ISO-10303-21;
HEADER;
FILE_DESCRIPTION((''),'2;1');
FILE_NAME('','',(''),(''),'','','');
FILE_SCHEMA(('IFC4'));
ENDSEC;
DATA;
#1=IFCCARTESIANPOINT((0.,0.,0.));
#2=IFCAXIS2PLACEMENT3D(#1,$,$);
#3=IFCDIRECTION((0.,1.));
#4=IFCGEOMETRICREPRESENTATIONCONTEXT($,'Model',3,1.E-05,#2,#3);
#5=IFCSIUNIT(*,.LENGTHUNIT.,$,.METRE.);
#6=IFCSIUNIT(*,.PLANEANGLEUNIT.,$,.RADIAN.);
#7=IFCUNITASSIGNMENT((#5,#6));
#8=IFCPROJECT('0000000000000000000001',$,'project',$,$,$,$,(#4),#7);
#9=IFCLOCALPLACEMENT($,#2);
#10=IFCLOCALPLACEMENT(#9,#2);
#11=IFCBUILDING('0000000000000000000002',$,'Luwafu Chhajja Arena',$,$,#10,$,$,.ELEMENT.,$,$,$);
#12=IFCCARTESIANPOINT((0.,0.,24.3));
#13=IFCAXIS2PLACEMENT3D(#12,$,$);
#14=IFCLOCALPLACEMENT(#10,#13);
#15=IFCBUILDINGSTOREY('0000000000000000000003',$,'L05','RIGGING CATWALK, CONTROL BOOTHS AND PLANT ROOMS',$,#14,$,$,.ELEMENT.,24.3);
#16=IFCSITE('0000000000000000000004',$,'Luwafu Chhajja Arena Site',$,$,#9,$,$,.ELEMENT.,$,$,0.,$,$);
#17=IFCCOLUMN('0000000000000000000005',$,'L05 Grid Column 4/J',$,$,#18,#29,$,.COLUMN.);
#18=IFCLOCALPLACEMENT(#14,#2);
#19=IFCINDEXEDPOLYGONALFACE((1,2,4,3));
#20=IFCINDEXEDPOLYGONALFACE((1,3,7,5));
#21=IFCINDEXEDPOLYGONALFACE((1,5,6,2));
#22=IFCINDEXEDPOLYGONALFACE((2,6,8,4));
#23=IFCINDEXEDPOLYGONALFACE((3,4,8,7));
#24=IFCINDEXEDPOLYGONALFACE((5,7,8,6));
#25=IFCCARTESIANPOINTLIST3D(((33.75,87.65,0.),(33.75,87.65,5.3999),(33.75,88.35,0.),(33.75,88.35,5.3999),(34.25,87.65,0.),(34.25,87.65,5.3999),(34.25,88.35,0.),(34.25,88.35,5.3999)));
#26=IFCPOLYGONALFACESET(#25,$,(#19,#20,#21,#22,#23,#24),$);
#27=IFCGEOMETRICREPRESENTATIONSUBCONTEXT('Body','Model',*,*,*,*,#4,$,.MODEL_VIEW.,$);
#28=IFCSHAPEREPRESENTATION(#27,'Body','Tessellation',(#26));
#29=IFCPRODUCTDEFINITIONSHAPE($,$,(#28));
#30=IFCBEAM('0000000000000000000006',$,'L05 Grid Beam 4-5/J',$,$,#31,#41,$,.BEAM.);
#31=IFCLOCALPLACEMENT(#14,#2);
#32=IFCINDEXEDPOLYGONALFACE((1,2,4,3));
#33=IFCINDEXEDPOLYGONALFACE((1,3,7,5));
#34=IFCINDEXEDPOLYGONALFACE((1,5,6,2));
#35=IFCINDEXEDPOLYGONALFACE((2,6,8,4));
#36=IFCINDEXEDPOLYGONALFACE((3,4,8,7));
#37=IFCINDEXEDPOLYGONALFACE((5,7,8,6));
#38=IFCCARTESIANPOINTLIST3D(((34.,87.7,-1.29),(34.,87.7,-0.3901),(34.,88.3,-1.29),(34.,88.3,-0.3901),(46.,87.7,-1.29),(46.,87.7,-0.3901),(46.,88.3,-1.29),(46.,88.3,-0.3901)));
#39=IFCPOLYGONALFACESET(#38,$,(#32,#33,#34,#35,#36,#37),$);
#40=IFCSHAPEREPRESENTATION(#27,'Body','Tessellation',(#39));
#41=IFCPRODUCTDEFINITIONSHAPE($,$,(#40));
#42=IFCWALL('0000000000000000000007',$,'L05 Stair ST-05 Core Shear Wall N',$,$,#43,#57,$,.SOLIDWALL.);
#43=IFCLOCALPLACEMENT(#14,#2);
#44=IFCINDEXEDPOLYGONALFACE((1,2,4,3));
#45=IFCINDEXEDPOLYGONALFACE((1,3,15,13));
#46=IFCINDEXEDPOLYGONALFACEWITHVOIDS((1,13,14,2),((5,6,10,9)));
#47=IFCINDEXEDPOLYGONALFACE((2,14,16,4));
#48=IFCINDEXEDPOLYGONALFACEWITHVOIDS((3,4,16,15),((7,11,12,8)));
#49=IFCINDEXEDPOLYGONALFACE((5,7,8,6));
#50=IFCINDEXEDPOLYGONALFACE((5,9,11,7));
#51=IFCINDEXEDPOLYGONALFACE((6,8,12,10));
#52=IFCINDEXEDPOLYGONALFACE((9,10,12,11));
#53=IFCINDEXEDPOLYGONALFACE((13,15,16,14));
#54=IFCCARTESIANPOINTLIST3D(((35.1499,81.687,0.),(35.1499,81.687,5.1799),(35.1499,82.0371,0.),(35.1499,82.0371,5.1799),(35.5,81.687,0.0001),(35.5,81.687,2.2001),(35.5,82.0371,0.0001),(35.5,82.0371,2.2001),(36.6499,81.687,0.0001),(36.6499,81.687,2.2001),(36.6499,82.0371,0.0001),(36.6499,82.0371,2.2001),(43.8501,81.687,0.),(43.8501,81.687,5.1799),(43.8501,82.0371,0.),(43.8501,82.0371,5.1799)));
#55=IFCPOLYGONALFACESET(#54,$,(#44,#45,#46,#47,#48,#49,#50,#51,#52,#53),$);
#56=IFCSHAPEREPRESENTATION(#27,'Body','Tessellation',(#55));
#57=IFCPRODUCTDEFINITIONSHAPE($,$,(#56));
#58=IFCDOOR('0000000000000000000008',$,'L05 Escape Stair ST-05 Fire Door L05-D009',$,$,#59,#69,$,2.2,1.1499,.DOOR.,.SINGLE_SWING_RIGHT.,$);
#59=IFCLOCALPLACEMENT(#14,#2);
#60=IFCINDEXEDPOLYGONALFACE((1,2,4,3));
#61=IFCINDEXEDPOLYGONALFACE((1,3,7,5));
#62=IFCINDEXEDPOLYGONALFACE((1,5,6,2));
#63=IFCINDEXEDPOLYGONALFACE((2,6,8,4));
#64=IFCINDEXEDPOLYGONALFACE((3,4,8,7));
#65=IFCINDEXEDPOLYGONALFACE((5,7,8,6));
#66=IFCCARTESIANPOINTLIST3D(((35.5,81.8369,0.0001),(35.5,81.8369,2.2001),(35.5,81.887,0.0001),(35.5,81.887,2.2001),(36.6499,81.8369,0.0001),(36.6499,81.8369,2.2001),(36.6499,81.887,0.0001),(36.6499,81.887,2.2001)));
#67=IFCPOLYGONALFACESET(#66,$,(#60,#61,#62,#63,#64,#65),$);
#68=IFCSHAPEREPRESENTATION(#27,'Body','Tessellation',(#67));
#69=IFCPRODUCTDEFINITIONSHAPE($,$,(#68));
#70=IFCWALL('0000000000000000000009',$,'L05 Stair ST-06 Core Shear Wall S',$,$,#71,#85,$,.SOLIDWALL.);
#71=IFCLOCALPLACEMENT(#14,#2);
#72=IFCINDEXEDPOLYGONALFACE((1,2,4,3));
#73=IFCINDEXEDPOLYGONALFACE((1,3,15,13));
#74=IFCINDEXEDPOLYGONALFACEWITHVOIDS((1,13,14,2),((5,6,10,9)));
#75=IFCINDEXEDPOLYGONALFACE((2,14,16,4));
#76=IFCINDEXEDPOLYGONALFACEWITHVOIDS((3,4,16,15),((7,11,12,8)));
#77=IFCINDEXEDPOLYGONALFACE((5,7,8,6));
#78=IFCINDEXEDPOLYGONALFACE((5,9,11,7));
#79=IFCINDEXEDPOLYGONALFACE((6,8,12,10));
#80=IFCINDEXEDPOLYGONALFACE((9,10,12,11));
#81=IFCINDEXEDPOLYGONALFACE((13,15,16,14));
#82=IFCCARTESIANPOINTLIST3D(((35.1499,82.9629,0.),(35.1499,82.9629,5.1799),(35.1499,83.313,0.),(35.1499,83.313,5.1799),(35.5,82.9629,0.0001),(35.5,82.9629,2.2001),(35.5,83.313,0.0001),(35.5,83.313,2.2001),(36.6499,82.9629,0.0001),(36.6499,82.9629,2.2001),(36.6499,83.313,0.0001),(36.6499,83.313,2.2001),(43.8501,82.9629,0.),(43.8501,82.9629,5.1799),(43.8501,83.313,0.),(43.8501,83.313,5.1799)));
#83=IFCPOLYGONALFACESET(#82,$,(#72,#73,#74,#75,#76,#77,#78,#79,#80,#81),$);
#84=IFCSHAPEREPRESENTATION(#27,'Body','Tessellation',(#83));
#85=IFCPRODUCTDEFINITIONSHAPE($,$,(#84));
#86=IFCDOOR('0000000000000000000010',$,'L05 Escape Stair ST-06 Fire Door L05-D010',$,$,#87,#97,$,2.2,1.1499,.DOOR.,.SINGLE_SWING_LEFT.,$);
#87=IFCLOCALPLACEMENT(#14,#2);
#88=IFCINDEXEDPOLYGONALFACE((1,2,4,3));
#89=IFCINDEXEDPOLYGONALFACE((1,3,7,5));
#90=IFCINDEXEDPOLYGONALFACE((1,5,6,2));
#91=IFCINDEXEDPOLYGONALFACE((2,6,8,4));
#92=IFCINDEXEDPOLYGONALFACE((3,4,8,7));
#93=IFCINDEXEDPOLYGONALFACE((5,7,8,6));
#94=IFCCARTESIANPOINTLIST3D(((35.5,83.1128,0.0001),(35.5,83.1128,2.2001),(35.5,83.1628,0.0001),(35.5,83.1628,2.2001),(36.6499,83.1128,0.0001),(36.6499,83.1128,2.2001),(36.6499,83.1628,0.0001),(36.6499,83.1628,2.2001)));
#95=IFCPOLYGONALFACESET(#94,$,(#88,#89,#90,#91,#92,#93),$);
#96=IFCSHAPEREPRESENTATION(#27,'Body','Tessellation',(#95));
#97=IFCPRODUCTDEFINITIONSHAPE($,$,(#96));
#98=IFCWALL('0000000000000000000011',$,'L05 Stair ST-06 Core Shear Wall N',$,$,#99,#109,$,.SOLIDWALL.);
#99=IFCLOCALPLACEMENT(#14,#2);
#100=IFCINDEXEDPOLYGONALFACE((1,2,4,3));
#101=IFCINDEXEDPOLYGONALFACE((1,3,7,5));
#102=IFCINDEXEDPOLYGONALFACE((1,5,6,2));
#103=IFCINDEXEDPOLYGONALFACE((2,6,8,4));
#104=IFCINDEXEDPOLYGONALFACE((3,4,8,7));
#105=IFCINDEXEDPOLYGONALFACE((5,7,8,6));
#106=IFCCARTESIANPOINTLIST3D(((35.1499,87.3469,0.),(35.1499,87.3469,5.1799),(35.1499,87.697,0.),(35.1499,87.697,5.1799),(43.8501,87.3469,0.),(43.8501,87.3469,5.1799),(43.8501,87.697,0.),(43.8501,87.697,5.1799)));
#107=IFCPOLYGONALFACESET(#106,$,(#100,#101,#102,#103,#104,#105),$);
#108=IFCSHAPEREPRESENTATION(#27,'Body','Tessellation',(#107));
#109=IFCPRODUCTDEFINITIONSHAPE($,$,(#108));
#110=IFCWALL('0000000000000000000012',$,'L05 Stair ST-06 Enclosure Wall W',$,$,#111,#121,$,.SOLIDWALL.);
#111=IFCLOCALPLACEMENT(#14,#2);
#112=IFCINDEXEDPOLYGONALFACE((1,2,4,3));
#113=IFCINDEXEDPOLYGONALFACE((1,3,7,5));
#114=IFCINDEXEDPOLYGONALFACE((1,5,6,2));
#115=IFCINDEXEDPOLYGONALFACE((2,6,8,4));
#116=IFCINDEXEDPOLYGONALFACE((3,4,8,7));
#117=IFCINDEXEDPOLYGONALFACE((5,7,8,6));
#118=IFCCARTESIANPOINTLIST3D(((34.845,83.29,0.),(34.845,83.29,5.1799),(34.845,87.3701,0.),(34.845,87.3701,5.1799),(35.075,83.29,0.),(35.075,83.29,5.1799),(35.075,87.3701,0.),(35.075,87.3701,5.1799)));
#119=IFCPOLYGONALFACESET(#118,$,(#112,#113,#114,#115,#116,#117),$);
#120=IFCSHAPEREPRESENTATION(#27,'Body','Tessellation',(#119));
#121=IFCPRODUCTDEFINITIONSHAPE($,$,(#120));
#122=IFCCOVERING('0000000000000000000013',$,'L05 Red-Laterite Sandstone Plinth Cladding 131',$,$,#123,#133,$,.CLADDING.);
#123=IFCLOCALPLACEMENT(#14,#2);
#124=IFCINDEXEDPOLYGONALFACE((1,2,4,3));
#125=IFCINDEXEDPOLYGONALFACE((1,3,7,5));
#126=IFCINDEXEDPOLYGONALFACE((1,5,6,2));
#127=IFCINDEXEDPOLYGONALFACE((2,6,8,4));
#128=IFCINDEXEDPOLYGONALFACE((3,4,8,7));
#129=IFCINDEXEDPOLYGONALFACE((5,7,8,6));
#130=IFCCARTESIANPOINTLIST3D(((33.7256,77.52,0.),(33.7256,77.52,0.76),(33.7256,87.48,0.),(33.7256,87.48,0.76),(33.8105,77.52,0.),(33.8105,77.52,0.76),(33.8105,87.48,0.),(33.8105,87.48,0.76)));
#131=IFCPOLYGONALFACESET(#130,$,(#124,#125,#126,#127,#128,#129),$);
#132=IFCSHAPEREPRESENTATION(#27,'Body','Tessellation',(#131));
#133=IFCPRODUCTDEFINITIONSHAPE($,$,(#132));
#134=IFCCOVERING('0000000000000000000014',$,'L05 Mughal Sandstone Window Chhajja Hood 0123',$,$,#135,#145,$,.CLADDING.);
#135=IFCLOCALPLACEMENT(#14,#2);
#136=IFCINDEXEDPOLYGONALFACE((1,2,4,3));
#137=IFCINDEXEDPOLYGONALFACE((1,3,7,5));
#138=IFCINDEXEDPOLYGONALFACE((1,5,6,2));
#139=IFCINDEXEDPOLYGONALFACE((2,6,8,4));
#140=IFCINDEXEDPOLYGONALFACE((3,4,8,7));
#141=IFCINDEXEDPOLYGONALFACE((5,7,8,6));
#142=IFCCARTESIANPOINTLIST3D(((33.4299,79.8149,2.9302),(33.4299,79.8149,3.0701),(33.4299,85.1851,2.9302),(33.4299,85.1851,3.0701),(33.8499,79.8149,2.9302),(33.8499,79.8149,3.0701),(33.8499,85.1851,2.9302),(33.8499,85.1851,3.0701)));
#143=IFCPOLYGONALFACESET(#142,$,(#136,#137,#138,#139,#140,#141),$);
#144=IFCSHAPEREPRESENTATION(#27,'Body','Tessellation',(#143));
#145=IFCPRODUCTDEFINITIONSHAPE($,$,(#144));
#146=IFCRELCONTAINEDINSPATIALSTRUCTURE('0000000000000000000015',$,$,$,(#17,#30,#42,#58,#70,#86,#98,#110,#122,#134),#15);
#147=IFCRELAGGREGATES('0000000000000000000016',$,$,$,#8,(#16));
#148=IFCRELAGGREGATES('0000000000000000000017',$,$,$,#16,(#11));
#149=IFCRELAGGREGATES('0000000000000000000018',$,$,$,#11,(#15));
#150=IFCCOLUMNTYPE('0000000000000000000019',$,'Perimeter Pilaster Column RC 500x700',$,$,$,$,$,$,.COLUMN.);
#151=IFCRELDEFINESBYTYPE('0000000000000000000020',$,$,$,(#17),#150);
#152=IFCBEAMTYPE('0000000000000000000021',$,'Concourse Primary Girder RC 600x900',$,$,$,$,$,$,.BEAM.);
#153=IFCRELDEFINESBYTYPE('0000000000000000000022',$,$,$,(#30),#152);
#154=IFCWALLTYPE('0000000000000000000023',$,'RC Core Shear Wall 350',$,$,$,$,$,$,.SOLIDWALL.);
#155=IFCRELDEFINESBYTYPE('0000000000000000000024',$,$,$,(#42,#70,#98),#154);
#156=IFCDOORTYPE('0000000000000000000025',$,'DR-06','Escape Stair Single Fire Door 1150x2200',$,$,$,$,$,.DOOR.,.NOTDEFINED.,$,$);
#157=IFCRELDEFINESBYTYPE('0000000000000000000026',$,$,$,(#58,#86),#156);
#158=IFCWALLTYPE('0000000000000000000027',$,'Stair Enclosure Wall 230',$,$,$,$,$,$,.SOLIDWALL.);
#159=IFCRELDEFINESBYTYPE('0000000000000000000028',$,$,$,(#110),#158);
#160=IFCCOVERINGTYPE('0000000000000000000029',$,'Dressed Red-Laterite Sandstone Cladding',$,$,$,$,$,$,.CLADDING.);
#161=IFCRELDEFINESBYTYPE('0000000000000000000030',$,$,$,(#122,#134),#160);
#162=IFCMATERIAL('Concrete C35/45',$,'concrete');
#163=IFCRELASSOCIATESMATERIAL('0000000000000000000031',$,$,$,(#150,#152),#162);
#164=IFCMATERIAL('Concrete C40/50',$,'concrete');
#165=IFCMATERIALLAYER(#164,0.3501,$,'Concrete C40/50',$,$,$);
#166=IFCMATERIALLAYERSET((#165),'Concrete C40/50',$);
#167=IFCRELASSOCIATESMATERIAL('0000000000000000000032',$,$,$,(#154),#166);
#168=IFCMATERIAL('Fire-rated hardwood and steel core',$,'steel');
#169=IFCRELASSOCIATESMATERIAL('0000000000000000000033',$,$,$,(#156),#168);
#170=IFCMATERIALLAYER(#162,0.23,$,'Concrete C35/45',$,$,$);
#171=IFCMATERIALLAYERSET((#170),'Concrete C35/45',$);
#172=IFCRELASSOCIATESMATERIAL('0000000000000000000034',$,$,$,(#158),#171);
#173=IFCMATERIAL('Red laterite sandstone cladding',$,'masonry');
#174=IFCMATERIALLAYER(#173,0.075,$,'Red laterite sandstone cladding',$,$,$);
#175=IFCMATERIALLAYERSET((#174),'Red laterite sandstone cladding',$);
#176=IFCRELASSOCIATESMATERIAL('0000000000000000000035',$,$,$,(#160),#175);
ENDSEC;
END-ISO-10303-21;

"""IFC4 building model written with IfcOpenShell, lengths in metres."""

from ifc_helpers import new_model, si_unit, direction, frame, frame_2d, origin, origin_2d, place, context, subcontext, project, spatial, rectangle, extrude, material, layer, layer_set, material_profile, profile_set, type_object, element, fill, save


model = new_model("IFC4")

# Units and contexts
model_context = context("Model", 3, precision=1e-05, world=origin(), true_north=direction((0.0, 1.0)))
body_context = subcontext(model_context, "Body", "Model", "MODEL_VIEW")
ifc_project = project(units=[si_unit("LENGTHUNIT", "METRE"), si_unit("PLANEANGLEUNIT", "RADIAN")], contexts=[model_context])

# Site, building, storey
site_placement = place(None, origin())
site = spatial("IfcSite", under=ifc_project, at=site_placement, Name="Luwafu Chhajja Arena Site", CompositionType="ELEMENT", RefElevation=0.0)
building_placement = place(site_placement, origin())
building = spatial("IfcBuilding", under=site, at=building_placement, Name="Luwafu Chhajja Arena", CompositionType="ELEMENT")
storey_placement = place(building_placement, frame((0.0, 0.0, 24.3)))
storey = spatial("IfcBuildingStorey", under=building, at=storey_placement, Name="L05", Description="RIGGING CATWALK, CONTROL BOOTHS AND PLANT ROOMS", CompositionType="ELEMENT", Elevation=24.3)

# Column
ifc_material_1 = material(Name="Concrete C35/45", Category="concrete")
ifc_material_profile_1 = material_profile(ifc_material_1, rectangle(XDim=0.5, YDim=0.7, at=origin_2d()), Name="RC 500x700")
ifc_profile_set_1 = profile_set([ifc_material_profile_1], Name="Concrete C35/45")
column_type = type_object("IfcColumnType", Name="Perimeter Pilaster Column RC 500x700", PredefinedType="COLUMN", material=ifc_profile_set_1)
column_placement = place(storey_placement, frame((34.0, 88.0, 0.0), z_axis=(0.0, 0.0, 1.0), x_axis=(1.0, 0.0, 0.0)))
element("IfcColumn", 1, at=column_placement, inside=storey, type_object=column_type, Name="L05 Grid Column 4/J", PredefinedType="COLUMN", context=body_context, shape_type="SweptSolid", body=[
    extrude(rectangle(XDim=0.5, YDim=0.7, at=origin_2d()), origin(), (0.0, 0.0, 1.0), 5.3999),
])

# Beam
ifc_material_profile_2 = material_profile(ifc_material_1, rectangle(XDim=0.6001, YDim=0.8999, at=origin_2d()), Name="RC 600x900")
ifc_profile_set_2 = profile_set([ifc_material_profile_2], Name="Concrete C35/45")
beam_type = type_object("IfcBeamType", Name="Concourse Primary Girder RC 600x900", PredefinedType="BEAM", material=ifc_profile_set_2)
beam_placement = place(storey_placement, frame((34.0, 88.0, -0.8401), z_axis=(1.0, 0.0, 0.0), x_axis=(0.0, 1.0, 0.0)))
element("IfcBeam", 2, at=beam_placement, inside=storey, type_object=beam_type, Name="L05 Grid Beam 4-5/J", PredefinedType="BEAM", context=body_context, shape_type="SweptSolid", body=[
    extrude(rectangle(XDim=0.6001, YDim=0.8999, at=origin_2d()), origin(), (0.0, 0.0, 1.0), 12.0),
])

# Walls, openings, doors
ifc_material_2 = material(Name="Concrete C40/50", Category="concrete")
ifc_layer_1 = layer(ifc_material_2, 0.3501, Name="Concrete C40/50")
ifc_layer_set_1 = layer_set([ifc_layer_1], Name="Concrete C40/50")
wall_type_1 = type_object("IfcWallType", Name="RC Core Shear Wall 350", PredefinedType="SOLIDWALL", material=ifc_layer_set_1)
wall_1_placement = place(storey_placement, frame((35.1499, 81.8621, 0.0), z_axis=(0.0, 0.0, 1.0), x_axis=(1.0, 0.0, 0.0)))
wall_1 = element("IfcWall", 3, at=wall_1_placement, inside=storey, type_object=wall_type_1, Name="L05 Stair ST-05 Core Shear Wall N", PredefinedType="SOLIDWALL", context=body_context, shape_type="SweptSolid", body=[
    extrude(rectangle(XDim=8.7002, YDim=0.3501, at=frame_2d((4.3501, 0.0))), origin(), (0.0, 0.0, 1.0), 5.1799),
])
opening_1_placement = place(wall_1_placement, frame((0.3501, 0.0, 0.0)))
opening_1 = element("IfcOpeningElement", 4, at=opening_1_placement, cuts=wall_1, PredefinedType="OPENING", context=body_context, shape_type="SweptSolid", body=[
    extrude(rectangle(XDim=1.1499, YDim=2.2, at=frame_2d((0.575, 1.1001))), frame((0.0, 0.1851, 0.0), z_axis=(0.0, -1.0, 0.0), x_axis=(1.0, 0.0, 0.0)), (0.0, 0.0, 1.0), 0.3701),
])
ifc_material_3 = material(Name="Fire-rated hardwood and steel core", Category="steel")
door_type = type_object("IfcDoorType", Name="DR-06", Description="Escape Stair Single Fire Door 1150x2200", OperationType="NOTDEFINED", PredefinedType="DOOR", material=ifc_material_3)
door_1_placement = place(opening_1_placement, origin())
door_1 = element("IfcDoor", 5, at=door_1_placement, inside=storey, type_object=door_type, Name="L05 Escape Stair ST-05 Fire Door L05-D009", OperationType="SINGLE_SWING_RIGHT", OverallHeight=2.2, OverallWidth=1.1499, PredefinedType="DOOR", context=body_context, shape_type="SweptSolid", body=[
    extrude(rectangle(XDim=1.1499, YDim=2.2, at=frame_2d((0.575, 1.1001))), frame((0.0, 0.0249, 0.0), z_axis=(0.0, -1.0, 0.0), x_axis=(1.0, 0.0, 0.0)), (0.0, 0.0, 1.0), 0.05),
])
fill(opening_1, door_1)
wall_2_placement = place(storey_placement, frame((35.1499, 83.1379, 0.0), z_axis=(0.0, 0.0, 1.0), x_axis=(1.0, 0.0, 0.0)))
wall_2 = element("IfcWall", 6, at=wall_2_placement, inside=storey, type_object=wall_type_1, Name="L05 Stair ST-06 Core Shear Wall S", PredefinedType="SOLIDWALL", context=body_context, shape_type="SweptSolid", body=[
    extrude(rectangle(XDim=8.7002, YDim=0.3501, at=frame_2d((4.3501, 0.0))), origin(), (0.0, 0.0, 1.0), 5.1799),
])
opening_2_placement = place(wall_2_placement, frame((0.3501, 0.0, 0.0)))
opening_2 = element("IfcOpeningElement", 7, at=opening_2_placement, cuts=wall_2, PredefinedType="OPENING", context=body_context, shape_type="SweptSolid", body=[
    extrude(rectangle(XDim=1.1499, YDim=2.2, at=frame_2d((0.575, 1.1001))), frame((0.0, 0.1851, 0.0), z_axis=(0.0, -1.0, 0.0), x_axis=(1.0, 0.0, 0.0)), (0.0, 0.0, 1.0), 0.3701),
])
door_2_placement = place(opening_2_placement, origin())
door_2 = element("IfcDoor", 8, at=door_2_placement, inside=storey, type_object=door_type, Name="L05 Escape Stair ST-06 Fire Door L05-D010", OperationType="SINGLE_SWING_LEFT", OverallHeight=2.2, OverallWidth=1.1499, PredefinedType="DOOR", context=body_context, shape_type="SweptSolid", body=[
    extrude(rectangle(XDim=1.1499, YDim=2.2, at=frame_2d((0.575, 1.1001))), frame((0.0, 0.0249, 0.0), z_axis=(0.0, -1.0, 0.0), x_axis=(1.0, 0.0, 0.0)), (0.0, 0.0, 1.0), 0.05),
])
fill(opening_2, door_2)

# Walls
wall_3_placement = place(storey_placement, frame((35.1499, 87.522, 0.0), z_axis=(0.0, 0.0, 1.0), x_axis=(1.0, 0.0, 0.0)))
element("IfcWall", 9, at=wall_3_placement, inside=storey, type_object=wall_type_1, Name="L05 Stair ST-06 Core Shear Wall N", PredefinedType="SOLIDWALL", context=body_context, shape_type="SweptSolid", body=[
    extrude(rectangle(XDim=8.7002, YDim=0.3501, at=frame_2d((4.3501, 0.0))), origin(), (0.0, 0.0, 1.0), 5.1799),
])
ifc_layer_2 = layer(ifc_material_1, 0.23, Name="Concrete C35/45")
ifc_layer_set_2 = layer_set([ifc_layer_2], Name="Concrete C35/45")
wall_type_2 = type_object("IfcWallType", Name="Stair Enclosure Wall 230", PredefinedType="SOLIDWALL", material=ifc_layer_set_2)
wall_4_placement = place(storey_placement, frame((34.96, 83.29, 0.0), z_axis=(0.0, 0.0, 1.0), x_axis=(0.0, 1.0, 0.0)))
element("IfcWall", 10, at=wall_4_placement, inside=storey, type_object=wall_type_2, Name="L05 Stair ST-06 Enclosure Wall W", PredefinedType="SOLIDWALL", context=body_context, shape_type="SweptSolid", body=[
    extrude(rectangle(XDim=4.0801, YDim=0.23, at=frame_2d((2.04, 0.0))), origin(), (0.0, 0.0, 1.0), 5.1799),
])

# Coverings
ifc_material_4 = material(Name="Red laterite sandstone cladding", Category="masonry")
ifc_layer_3 = layer(ifc_material_4, 0.075, Name="Red laterite sandstone cladding")
ifc_layer_set_3 = layer_set([ifc_layer_3], Name="Red laterite sandstone cladding")
covering_type = type_object("IfcCoveringType", Name="Dressed Red-Laterite Sandstone Cladding", PredefinedType="CLADDING", material=ifc_layer_set_3)
covering_1_placement = place(storey_placement, frame((33.7681, 82.5, 0.0), z_axis=(0.0, 0.0, 1.0), x_axis=(0.0, 1.0, 0.0)))
element("IfcCovering", 11, at=covering_1_placement, inside=storey, type_object=covering_type, Name="L05 Red-Laterite Sandstone Plinth Cladding 131", PredefinedType="CLADDING", context=body_context, shape_type="SweptSolid", body=[
    extrude(rectangle(XDim=9.96, YDim=0.085, at=origin_2d()), origin(), (0.0, 0.0, 1.0), 0.76),
])
covering_2_placement = place(storey_placement, frame((33.6399, 82.5, 2.9302), z_axis=(0.0, 0.0, 1.0), x_axis=(0.0, 1.0, 0.0)))
element("IfcCovering", 12, at=covering_2_placement, inside=storey, type_object=covering_type, Name="L05 Mughal Sandstone Window Chhajja Hood 0123", PredefinedType="CLADDING", context=body_context, shape_type="SweptSolid", body=[
    extrude(rectangle(XDim=5.3701, YDim=0.4199, at=origin_2d()), origin(), (0.0, 0.0, 1.0), 0.1399),
])

save(model, "model.ifc")
